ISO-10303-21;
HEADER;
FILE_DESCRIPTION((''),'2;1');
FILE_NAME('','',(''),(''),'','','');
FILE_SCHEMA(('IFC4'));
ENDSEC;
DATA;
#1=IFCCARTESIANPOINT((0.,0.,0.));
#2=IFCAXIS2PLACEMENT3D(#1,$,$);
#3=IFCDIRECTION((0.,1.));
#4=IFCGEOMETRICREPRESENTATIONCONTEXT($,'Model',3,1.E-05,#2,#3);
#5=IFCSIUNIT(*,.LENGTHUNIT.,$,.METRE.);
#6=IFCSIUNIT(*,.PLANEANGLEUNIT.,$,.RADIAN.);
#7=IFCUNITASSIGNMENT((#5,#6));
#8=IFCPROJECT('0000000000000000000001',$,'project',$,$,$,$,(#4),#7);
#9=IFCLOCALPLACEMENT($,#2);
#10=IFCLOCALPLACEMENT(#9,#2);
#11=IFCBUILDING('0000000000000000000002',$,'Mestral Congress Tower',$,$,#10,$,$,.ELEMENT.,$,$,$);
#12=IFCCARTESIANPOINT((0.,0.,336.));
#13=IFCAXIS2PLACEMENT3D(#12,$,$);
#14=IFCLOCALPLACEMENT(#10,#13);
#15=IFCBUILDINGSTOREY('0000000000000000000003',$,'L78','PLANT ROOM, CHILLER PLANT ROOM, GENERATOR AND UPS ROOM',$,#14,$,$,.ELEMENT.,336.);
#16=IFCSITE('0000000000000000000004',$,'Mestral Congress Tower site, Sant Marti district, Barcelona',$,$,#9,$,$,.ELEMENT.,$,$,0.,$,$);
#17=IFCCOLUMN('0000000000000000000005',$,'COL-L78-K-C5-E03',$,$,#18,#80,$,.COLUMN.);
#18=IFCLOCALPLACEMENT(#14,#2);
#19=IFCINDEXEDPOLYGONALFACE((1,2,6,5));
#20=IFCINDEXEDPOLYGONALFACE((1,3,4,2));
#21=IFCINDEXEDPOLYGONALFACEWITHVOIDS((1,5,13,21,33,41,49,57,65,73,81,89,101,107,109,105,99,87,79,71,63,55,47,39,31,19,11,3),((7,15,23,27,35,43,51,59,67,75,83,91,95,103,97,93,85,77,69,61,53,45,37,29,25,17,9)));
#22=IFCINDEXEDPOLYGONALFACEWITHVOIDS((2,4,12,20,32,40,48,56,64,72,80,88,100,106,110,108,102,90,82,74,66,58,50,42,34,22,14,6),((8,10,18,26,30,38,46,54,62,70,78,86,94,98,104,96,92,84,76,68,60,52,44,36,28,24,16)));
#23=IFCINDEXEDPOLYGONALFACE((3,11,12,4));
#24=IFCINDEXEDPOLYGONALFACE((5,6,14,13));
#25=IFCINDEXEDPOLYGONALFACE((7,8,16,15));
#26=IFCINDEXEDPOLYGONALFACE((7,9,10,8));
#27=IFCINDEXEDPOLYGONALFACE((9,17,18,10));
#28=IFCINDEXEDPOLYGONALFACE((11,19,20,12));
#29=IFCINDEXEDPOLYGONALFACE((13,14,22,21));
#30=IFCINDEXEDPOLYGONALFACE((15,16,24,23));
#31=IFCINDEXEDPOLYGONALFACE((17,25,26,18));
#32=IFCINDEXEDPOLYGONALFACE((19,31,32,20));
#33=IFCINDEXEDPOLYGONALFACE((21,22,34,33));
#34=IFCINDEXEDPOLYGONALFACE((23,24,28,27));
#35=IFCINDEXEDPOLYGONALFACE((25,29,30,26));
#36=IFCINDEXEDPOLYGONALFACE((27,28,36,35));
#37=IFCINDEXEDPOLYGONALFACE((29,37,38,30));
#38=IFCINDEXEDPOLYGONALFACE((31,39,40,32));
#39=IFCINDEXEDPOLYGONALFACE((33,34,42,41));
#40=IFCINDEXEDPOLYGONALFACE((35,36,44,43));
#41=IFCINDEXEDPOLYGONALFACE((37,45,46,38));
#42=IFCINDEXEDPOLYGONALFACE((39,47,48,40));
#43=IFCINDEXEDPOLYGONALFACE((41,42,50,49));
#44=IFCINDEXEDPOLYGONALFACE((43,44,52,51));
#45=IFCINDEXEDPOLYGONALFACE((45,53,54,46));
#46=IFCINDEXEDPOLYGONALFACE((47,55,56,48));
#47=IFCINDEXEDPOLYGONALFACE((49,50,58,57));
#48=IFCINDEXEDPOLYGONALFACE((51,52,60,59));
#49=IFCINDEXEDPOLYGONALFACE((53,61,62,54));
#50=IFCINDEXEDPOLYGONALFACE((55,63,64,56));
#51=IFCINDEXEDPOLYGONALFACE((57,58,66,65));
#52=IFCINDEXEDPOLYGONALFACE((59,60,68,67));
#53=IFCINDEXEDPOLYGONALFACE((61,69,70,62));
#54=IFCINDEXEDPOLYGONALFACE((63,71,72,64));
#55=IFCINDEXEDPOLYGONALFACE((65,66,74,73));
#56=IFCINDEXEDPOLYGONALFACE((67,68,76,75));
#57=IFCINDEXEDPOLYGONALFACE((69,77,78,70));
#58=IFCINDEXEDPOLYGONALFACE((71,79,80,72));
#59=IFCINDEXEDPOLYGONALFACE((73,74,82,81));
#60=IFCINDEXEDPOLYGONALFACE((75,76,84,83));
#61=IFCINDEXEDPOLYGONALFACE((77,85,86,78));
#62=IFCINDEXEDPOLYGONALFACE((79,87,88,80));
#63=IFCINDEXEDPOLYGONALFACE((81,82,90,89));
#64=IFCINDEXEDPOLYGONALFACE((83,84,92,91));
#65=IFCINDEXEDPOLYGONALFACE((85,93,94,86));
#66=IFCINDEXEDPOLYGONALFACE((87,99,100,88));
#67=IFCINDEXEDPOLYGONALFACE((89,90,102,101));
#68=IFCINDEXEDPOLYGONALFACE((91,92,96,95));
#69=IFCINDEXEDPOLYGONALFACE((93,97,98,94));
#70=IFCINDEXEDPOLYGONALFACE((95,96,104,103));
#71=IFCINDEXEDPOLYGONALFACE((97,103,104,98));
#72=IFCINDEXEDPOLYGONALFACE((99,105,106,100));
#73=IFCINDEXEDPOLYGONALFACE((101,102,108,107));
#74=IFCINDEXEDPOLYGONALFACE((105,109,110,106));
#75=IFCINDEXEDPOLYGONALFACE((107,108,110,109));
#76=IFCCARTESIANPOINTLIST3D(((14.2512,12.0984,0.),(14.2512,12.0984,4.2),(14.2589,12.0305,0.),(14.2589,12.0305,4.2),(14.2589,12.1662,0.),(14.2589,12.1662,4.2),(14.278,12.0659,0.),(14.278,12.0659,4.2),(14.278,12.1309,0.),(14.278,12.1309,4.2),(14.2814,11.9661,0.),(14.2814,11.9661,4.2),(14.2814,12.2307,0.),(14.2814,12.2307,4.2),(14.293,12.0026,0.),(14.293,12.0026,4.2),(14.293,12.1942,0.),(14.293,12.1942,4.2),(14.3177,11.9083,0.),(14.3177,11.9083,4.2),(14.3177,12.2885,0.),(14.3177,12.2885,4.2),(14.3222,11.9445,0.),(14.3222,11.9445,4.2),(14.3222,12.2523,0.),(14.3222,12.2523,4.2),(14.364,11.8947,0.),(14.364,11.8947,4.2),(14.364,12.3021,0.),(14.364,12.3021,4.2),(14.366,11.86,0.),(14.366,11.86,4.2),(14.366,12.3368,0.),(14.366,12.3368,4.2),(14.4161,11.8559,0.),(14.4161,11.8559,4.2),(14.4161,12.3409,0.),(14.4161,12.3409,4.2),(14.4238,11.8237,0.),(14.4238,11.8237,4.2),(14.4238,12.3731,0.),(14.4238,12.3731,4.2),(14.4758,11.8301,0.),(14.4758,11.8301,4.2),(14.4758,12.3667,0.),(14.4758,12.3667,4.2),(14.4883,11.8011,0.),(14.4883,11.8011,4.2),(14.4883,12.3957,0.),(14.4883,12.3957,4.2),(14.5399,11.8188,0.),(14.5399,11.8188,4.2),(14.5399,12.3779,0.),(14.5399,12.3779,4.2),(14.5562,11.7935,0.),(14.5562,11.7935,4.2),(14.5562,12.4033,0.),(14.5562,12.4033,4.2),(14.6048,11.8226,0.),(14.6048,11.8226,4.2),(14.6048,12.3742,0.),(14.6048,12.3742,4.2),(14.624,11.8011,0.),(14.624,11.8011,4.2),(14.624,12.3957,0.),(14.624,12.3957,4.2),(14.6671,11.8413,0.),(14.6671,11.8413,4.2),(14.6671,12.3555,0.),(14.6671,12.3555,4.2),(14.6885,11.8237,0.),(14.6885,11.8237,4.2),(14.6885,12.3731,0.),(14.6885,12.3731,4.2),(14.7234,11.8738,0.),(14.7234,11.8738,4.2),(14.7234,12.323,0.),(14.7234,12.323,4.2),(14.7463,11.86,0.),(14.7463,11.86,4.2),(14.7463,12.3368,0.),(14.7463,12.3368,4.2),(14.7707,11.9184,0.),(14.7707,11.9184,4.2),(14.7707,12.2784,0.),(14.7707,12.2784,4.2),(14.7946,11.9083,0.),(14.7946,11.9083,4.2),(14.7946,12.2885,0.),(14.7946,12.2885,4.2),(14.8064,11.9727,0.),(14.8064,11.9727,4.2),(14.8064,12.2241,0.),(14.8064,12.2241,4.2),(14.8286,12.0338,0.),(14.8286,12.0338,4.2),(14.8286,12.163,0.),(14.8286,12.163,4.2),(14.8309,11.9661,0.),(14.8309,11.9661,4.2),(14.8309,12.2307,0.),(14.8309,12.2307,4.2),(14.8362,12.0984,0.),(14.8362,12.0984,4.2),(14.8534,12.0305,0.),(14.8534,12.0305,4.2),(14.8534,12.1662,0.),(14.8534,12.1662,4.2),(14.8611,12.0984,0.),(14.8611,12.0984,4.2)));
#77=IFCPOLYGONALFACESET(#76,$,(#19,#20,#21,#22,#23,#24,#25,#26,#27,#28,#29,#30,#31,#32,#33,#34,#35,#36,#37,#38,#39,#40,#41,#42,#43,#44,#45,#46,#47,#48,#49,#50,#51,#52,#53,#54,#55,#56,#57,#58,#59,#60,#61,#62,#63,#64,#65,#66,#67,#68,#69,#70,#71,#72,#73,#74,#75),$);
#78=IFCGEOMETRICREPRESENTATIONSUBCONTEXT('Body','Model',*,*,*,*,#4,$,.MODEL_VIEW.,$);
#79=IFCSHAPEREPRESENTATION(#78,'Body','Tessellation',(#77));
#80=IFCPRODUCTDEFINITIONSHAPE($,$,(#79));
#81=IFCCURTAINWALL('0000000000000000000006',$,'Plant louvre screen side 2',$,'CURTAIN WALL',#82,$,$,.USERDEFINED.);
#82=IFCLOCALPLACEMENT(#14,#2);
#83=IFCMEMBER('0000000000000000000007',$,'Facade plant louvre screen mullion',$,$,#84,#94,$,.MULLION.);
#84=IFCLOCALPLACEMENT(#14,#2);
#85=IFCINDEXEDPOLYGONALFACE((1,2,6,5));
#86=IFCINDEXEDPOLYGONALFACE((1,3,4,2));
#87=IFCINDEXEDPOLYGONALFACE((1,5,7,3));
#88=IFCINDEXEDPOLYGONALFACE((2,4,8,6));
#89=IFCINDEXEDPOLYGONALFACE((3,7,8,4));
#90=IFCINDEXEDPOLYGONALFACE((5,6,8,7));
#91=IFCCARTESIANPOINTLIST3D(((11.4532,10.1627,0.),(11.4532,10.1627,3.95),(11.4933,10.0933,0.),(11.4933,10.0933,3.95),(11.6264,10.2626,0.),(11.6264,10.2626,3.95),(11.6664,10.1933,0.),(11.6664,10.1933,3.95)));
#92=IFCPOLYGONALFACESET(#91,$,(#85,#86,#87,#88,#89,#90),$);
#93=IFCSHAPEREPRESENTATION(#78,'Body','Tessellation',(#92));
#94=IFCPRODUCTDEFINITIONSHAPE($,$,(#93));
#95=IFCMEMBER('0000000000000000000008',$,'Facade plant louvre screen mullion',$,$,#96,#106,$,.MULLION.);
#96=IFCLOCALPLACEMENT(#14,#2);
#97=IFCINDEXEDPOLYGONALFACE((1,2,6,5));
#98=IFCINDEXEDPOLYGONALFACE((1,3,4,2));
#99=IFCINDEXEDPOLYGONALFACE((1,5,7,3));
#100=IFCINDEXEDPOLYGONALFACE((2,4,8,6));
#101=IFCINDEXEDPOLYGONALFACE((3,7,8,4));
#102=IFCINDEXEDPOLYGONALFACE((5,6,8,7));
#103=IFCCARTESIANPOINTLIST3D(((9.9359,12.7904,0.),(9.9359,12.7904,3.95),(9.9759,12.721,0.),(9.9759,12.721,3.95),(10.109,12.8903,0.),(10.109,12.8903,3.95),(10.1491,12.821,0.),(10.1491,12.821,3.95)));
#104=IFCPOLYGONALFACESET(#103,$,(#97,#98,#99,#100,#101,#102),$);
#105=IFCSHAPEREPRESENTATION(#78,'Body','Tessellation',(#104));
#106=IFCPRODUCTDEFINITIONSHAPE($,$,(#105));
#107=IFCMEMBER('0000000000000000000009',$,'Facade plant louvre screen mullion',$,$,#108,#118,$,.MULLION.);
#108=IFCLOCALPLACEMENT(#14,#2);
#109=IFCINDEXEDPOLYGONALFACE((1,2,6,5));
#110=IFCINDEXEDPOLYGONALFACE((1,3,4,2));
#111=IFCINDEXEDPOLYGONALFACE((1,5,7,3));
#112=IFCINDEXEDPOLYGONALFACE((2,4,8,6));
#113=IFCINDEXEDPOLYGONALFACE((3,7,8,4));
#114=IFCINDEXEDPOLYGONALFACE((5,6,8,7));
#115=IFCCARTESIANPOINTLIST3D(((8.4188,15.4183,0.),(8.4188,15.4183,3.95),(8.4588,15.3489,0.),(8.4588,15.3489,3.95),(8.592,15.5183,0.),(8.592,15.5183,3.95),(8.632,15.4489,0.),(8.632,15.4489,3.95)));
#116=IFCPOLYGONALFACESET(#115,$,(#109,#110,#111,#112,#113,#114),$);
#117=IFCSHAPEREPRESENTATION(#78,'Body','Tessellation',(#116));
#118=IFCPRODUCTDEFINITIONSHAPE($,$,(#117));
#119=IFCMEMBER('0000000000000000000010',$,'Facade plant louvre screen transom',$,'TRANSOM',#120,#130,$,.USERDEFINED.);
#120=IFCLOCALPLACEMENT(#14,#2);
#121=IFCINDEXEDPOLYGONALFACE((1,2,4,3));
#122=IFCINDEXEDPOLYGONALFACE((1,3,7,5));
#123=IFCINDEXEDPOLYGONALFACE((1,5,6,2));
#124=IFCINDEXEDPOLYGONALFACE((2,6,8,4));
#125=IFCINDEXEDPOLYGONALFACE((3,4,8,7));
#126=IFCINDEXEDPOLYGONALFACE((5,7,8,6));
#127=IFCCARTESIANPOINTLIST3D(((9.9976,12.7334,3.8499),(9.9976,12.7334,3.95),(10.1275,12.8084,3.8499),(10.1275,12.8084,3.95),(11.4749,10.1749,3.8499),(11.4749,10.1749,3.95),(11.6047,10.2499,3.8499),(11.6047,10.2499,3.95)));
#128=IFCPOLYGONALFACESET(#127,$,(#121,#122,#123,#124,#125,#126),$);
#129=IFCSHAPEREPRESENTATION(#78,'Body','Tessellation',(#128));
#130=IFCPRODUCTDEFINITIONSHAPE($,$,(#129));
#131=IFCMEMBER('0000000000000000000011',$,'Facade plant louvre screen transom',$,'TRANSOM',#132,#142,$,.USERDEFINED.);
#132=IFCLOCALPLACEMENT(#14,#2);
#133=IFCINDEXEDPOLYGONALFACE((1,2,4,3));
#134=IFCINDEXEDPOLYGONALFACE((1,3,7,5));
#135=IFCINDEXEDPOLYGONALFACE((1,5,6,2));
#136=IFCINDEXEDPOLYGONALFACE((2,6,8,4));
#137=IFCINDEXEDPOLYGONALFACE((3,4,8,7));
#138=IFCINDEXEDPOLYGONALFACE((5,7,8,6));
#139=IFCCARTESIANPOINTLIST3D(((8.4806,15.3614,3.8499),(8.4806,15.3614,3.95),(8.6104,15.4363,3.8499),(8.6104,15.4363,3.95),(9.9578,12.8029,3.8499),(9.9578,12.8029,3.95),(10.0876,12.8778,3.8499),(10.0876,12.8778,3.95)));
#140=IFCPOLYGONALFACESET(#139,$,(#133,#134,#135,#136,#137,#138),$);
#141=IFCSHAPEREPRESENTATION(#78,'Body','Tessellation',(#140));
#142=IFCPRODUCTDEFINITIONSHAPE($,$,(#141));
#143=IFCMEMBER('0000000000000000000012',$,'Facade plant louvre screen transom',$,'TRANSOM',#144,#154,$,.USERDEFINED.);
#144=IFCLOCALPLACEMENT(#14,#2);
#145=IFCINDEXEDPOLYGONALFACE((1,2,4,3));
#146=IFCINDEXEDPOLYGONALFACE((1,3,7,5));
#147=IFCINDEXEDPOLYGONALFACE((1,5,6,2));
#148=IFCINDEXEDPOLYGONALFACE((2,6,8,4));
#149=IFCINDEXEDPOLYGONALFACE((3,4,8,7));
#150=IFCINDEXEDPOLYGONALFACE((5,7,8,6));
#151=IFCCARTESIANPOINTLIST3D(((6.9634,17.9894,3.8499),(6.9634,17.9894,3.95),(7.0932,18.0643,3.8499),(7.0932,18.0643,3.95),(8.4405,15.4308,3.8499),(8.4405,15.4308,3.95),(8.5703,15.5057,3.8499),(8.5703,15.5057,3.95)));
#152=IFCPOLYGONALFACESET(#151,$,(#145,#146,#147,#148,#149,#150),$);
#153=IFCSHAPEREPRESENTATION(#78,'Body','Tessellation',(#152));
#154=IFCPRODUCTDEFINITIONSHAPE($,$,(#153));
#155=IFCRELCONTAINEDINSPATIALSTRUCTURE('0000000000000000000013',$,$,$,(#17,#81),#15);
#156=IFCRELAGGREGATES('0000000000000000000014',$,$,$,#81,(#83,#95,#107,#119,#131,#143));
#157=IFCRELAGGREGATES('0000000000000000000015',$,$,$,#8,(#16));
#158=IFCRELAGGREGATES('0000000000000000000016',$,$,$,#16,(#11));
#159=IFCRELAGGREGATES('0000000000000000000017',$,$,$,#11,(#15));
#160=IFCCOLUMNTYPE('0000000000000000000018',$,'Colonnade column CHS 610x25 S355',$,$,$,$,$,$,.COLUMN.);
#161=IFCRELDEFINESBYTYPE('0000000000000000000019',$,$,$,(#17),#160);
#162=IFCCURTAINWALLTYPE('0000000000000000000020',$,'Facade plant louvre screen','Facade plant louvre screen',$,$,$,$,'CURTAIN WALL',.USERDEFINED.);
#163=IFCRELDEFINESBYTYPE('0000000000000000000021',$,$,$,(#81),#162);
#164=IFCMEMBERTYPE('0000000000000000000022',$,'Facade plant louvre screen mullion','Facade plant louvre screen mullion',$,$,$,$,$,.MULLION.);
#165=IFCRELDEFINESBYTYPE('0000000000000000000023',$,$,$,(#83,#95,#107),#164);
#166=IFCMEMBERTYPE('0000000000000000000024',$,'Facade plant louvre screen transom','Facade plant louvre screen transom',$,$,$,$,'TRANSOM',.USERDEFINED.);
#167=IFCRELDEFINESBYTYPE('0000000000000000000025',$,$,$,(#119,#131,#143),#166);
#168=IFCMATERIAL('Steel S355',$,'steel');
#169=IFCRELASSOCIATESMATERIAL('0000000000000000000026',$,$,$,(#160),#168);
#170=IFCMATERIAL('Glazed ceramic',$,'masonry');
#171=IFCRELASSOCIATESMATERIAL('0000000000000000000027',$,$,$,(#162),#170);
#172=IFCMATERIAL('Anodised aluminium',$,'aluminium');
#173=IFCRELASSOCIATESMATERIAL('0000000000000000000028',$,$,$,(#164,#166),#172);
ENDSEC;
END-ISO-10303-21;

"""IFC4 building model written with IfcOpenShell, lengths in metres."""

from ifc_helpers import new_model, si_unit, direction, frame, origin, origin_2d, place, context, subcontext, project, spatial, rectangle, hollow_circle, extrude, material, material_profile, profile_set, type_object, element, aggregate, save


model = new_model("IFC4")

# Units and contexts
model_context = context("Model", 3, precision=1e-05, world=origin(), true_north=direction((0.0, 1.0)))
body_context = subcontext(model_context, "Body", "Model", "MODEL_VIEW")
ifc_project = project(units=[si_unit("LENGTHUNIT", "METRE"), si_unit("PLANEANGLEUNIT", "RADIAN")], contexts=[model_context])

# Site, building, storey
site_placement = place(None, origin())
site = spatial("IfcSite", under=ifc_project, at=site_placement, Name="Mestral Congress Tower site, Sant Marti district, Barcelona", CompositionType="ELEMENT", RefElevation=0.0)
building_placement = place(site_placement, origin())
building = spatial("IfcBuilding", under=site, at=building_placement, Name="Mestral Congress Tower", CompositionType="ELEMENT")
storey_placement = place(building_placement, frame((0.0, 0.0, 336.0)))
storey = spatial("IfcBuildingStorey", under=building, at=storey_placement, Name="L78", Description="PLANT ROOM, CHILLER PLANT ROOM, GENERATOR AND UPS ROOM", CompositionType="ELEMENT", Elevation=336.0)

# Column
ifc_material_1 = material(Name="Steel S355", Category="steel")
ifc_material_profile_1 = material_profile(ifc_material_1, hollow_circle(Radius=0.3049, WallThickness=0.0249, at=origin_2d()), Name="CHS 610x25")
ifc_profile_set_1 = profile_set([ifc_material_profile_1], Name="Steel S355")
column_type = type_object("IfcColumnType", Name="Colonnade column CHS 610x25 S355", PredefinedType="COLUMN", material=ifc_profile_set_1)
column_placement = place(storey_placement, frame((14.5562, 12.0984, 0.0), z_axis=(0.0, 0.0, 1.0), x_axis=(1.0, 0.0, 0.0)))
element("IfcColumn", 1, at=column_placement, inside=storey, type_object=column_type, Name="COL-L78-K-C5-E03", PredefinedType="COLUMN", context=body_context, shape_type="SweptSolid", body=[
    extrude(hollow_circle(Radius=0.3049, WallThickness=0.0249, at=origin_2d()), origin(), (0.0, 0.0, 1.0), 4.2),
])

# Curtain wall, members
ifc_material_2 = material(Name="Glazed ceramic", Category="masonry")
curtain_wall_type = type_object("IfcCurtainWallType", Name="Facade plant louvre screen", Description="Facade plant louvre screen", ElementType="CURTAIN WALL", PredefinedType="USERDEFINED", material=ifc_material_2)
placement = place(storey_placement, origin())
curtain_wall = element("IfcCurtainWall", 2, at=placement, inside=storey, type_object=curtain_wall_type, Name="Plant louvre screen side 2", ObjectType="CURTAIN WALL", PredefinedType="USERDEFINED")
ifc_material_3 = material(Name="Anodised aluminium", Category="aluminium")
ifc_material_profile_2 = material_profile(ifc_material_3, rectangle(XDim=0.2, YDim=0.0801, at=origin_2d()), Name="CW6 mullion 200 x 80")
ifc_profile_set_2 = profile_set([ifc_material_profile_2], Name="Anodised aluminium")
member_type_1 = type_object("IfcMemberType", Name="Facade plant louvre screen mullion", Description="Facade plant louvre screen mullion", PredefinedType="MULLION", material=ifc_profile_set_2)
member_1_placement = place(storey_placement, frame((11.5598, 10.178, 0.0), z_axis=(0.0, 0.0, 1.0), x_axis=(0.866025, 0.500002, 0.0)))
member_1 = element("IfcMember", 3, at=member_1_placement, type_object=member_type_1, Name="Facade plant louvre screen mullion", PredefinedType="MULLION", context=body_context, shape_type="SweptSolid", body=[
    extrude(rectangle(XDim=0.2, YDim=0.0801, at=origin_2d()), origin(), (0.0, 0.0, 1.0), 3.95),
])
member_2_placement = place(storey_placement, frame((10.0425, 12.8057, 0.0), z_axis=(0.0, 0.0, 1.0), x_axis=(0.866025, 0.500002, 0.0)))
member_2 = element("IfcMember", 4, at=member_2_placement, type_object=member_type_1, Name="Facade plant louvre screen mullion", PredefinedType="MULLION", context=body_context, shape_type="SweptSolid", body=[
    extrude(rectangle(XDim=0.2, YDim=0.0801, at=origin_2d()), origin(), (0.0, 0.0, 1.0), 3.95),
])
member_3_placement = place(storey_placement, frame((8.5254, 15.4336, 0.0), z_axis=(0.0, 0.0, 1.0), x_axis=(0.866025, 0.500002, 0.0)))
member_3 = element("IfcMember", 5, at=member_3_placement, type_object=member_type_1, Name="Facade plant louvre screen mullion", PredefinedType="MULLION", context=body_context, shape_type="SweptSolid", body=[
    extrude(rectangle(XDim=0.2, YDim=0.0801, at=origin_2d()), origin(), (0.0, 0.0, 1.0), 3.95),
])
ifc_material_profile_3 = material_profile(ifc_material_3, rectangle(XDim=0.1499, YDim=0.1001, at=origin_2d()), Name="CW6 transom 150 x 100")
ifc_profile_set_3 = profile_set([ifc_material_profile_3], Name="Anodised aluminium")
member_type_2 = type_object("IfcMemberType", Name="Facade plant louvre screen transom", Description="Facade plant louvre screen transom", ElementType="TRANSOM", PredefinedType="USERDEFINED", material=ifc_profile_set_3)
member_4_placement = place(storey_placement, frame((11.5398, 10.2124, 3.8999), z_axis=(-0.500023, 0.866012, 0.0), x_axis=(-0.866012, -0.500023, 0.0)))
member_4 = element("IfcMember", 6, at=member_4_placement, type_object=member_type_2, Name="Facade plant louvre screen transom", ObjectType="TRANSOM", PredefinedType="USERDEFINED", context=body_context, shape_type="SweptSolid", body=[
    extrude(rectangle(XDim=0.1499, YDim=0.1001, at=origin_2d()), origin(), (0.0, 0.0, 1.0), 2.9543),
])
member_5_placement = place(storey_placement, frame((10.0227, 12.8403, 3.8999), z_axis=(-0.500023, 0.866012, 0.0), x_axis=(-0.866012, -0.500023, 0.0)))
member_5 = element("IfcMember", 7, at=member_5_placement, type_object=member_type_2, Name="Facade plant louvre screen transom", ObjectType="TRANSOM", PredefinedType="USERDEFINED", context=body_context, shape_type="SweptSolid", body=[
    extrude(rectangle(XDim=0.1499, YDim=0.1001, at=origin_2d()), origin(), (0.0, 0.0, 1.0), 2.9543),
])
member_6_placement = place(storey_placement, frame((8.5054, 15.4683, 3.8999), z_axis=(-0.499961, 0.866048, 0.0), x_axis=(-0.866048, -0.499961, 0.0)))
member_6 = element("IfcMember", 8, at=member_6_placement, type_object=member_type_2, Name="Facade plant louvre screen transom", ObjectType="TRANSOM", PredefinedType="USERDEFINED", context=body_context, shape_type="SweptSolid", body=[
    extrude(rectangle(XDim=0.1499, YDim=0.1001, at=origin_2d()), origin(), (0.0, 0.0, 1.0), 2.9543),
])

aggregate(curtain_wall, [member_1, member_2, member_3, member_4, member_5, member_6])

save(model, "model.ifc")
